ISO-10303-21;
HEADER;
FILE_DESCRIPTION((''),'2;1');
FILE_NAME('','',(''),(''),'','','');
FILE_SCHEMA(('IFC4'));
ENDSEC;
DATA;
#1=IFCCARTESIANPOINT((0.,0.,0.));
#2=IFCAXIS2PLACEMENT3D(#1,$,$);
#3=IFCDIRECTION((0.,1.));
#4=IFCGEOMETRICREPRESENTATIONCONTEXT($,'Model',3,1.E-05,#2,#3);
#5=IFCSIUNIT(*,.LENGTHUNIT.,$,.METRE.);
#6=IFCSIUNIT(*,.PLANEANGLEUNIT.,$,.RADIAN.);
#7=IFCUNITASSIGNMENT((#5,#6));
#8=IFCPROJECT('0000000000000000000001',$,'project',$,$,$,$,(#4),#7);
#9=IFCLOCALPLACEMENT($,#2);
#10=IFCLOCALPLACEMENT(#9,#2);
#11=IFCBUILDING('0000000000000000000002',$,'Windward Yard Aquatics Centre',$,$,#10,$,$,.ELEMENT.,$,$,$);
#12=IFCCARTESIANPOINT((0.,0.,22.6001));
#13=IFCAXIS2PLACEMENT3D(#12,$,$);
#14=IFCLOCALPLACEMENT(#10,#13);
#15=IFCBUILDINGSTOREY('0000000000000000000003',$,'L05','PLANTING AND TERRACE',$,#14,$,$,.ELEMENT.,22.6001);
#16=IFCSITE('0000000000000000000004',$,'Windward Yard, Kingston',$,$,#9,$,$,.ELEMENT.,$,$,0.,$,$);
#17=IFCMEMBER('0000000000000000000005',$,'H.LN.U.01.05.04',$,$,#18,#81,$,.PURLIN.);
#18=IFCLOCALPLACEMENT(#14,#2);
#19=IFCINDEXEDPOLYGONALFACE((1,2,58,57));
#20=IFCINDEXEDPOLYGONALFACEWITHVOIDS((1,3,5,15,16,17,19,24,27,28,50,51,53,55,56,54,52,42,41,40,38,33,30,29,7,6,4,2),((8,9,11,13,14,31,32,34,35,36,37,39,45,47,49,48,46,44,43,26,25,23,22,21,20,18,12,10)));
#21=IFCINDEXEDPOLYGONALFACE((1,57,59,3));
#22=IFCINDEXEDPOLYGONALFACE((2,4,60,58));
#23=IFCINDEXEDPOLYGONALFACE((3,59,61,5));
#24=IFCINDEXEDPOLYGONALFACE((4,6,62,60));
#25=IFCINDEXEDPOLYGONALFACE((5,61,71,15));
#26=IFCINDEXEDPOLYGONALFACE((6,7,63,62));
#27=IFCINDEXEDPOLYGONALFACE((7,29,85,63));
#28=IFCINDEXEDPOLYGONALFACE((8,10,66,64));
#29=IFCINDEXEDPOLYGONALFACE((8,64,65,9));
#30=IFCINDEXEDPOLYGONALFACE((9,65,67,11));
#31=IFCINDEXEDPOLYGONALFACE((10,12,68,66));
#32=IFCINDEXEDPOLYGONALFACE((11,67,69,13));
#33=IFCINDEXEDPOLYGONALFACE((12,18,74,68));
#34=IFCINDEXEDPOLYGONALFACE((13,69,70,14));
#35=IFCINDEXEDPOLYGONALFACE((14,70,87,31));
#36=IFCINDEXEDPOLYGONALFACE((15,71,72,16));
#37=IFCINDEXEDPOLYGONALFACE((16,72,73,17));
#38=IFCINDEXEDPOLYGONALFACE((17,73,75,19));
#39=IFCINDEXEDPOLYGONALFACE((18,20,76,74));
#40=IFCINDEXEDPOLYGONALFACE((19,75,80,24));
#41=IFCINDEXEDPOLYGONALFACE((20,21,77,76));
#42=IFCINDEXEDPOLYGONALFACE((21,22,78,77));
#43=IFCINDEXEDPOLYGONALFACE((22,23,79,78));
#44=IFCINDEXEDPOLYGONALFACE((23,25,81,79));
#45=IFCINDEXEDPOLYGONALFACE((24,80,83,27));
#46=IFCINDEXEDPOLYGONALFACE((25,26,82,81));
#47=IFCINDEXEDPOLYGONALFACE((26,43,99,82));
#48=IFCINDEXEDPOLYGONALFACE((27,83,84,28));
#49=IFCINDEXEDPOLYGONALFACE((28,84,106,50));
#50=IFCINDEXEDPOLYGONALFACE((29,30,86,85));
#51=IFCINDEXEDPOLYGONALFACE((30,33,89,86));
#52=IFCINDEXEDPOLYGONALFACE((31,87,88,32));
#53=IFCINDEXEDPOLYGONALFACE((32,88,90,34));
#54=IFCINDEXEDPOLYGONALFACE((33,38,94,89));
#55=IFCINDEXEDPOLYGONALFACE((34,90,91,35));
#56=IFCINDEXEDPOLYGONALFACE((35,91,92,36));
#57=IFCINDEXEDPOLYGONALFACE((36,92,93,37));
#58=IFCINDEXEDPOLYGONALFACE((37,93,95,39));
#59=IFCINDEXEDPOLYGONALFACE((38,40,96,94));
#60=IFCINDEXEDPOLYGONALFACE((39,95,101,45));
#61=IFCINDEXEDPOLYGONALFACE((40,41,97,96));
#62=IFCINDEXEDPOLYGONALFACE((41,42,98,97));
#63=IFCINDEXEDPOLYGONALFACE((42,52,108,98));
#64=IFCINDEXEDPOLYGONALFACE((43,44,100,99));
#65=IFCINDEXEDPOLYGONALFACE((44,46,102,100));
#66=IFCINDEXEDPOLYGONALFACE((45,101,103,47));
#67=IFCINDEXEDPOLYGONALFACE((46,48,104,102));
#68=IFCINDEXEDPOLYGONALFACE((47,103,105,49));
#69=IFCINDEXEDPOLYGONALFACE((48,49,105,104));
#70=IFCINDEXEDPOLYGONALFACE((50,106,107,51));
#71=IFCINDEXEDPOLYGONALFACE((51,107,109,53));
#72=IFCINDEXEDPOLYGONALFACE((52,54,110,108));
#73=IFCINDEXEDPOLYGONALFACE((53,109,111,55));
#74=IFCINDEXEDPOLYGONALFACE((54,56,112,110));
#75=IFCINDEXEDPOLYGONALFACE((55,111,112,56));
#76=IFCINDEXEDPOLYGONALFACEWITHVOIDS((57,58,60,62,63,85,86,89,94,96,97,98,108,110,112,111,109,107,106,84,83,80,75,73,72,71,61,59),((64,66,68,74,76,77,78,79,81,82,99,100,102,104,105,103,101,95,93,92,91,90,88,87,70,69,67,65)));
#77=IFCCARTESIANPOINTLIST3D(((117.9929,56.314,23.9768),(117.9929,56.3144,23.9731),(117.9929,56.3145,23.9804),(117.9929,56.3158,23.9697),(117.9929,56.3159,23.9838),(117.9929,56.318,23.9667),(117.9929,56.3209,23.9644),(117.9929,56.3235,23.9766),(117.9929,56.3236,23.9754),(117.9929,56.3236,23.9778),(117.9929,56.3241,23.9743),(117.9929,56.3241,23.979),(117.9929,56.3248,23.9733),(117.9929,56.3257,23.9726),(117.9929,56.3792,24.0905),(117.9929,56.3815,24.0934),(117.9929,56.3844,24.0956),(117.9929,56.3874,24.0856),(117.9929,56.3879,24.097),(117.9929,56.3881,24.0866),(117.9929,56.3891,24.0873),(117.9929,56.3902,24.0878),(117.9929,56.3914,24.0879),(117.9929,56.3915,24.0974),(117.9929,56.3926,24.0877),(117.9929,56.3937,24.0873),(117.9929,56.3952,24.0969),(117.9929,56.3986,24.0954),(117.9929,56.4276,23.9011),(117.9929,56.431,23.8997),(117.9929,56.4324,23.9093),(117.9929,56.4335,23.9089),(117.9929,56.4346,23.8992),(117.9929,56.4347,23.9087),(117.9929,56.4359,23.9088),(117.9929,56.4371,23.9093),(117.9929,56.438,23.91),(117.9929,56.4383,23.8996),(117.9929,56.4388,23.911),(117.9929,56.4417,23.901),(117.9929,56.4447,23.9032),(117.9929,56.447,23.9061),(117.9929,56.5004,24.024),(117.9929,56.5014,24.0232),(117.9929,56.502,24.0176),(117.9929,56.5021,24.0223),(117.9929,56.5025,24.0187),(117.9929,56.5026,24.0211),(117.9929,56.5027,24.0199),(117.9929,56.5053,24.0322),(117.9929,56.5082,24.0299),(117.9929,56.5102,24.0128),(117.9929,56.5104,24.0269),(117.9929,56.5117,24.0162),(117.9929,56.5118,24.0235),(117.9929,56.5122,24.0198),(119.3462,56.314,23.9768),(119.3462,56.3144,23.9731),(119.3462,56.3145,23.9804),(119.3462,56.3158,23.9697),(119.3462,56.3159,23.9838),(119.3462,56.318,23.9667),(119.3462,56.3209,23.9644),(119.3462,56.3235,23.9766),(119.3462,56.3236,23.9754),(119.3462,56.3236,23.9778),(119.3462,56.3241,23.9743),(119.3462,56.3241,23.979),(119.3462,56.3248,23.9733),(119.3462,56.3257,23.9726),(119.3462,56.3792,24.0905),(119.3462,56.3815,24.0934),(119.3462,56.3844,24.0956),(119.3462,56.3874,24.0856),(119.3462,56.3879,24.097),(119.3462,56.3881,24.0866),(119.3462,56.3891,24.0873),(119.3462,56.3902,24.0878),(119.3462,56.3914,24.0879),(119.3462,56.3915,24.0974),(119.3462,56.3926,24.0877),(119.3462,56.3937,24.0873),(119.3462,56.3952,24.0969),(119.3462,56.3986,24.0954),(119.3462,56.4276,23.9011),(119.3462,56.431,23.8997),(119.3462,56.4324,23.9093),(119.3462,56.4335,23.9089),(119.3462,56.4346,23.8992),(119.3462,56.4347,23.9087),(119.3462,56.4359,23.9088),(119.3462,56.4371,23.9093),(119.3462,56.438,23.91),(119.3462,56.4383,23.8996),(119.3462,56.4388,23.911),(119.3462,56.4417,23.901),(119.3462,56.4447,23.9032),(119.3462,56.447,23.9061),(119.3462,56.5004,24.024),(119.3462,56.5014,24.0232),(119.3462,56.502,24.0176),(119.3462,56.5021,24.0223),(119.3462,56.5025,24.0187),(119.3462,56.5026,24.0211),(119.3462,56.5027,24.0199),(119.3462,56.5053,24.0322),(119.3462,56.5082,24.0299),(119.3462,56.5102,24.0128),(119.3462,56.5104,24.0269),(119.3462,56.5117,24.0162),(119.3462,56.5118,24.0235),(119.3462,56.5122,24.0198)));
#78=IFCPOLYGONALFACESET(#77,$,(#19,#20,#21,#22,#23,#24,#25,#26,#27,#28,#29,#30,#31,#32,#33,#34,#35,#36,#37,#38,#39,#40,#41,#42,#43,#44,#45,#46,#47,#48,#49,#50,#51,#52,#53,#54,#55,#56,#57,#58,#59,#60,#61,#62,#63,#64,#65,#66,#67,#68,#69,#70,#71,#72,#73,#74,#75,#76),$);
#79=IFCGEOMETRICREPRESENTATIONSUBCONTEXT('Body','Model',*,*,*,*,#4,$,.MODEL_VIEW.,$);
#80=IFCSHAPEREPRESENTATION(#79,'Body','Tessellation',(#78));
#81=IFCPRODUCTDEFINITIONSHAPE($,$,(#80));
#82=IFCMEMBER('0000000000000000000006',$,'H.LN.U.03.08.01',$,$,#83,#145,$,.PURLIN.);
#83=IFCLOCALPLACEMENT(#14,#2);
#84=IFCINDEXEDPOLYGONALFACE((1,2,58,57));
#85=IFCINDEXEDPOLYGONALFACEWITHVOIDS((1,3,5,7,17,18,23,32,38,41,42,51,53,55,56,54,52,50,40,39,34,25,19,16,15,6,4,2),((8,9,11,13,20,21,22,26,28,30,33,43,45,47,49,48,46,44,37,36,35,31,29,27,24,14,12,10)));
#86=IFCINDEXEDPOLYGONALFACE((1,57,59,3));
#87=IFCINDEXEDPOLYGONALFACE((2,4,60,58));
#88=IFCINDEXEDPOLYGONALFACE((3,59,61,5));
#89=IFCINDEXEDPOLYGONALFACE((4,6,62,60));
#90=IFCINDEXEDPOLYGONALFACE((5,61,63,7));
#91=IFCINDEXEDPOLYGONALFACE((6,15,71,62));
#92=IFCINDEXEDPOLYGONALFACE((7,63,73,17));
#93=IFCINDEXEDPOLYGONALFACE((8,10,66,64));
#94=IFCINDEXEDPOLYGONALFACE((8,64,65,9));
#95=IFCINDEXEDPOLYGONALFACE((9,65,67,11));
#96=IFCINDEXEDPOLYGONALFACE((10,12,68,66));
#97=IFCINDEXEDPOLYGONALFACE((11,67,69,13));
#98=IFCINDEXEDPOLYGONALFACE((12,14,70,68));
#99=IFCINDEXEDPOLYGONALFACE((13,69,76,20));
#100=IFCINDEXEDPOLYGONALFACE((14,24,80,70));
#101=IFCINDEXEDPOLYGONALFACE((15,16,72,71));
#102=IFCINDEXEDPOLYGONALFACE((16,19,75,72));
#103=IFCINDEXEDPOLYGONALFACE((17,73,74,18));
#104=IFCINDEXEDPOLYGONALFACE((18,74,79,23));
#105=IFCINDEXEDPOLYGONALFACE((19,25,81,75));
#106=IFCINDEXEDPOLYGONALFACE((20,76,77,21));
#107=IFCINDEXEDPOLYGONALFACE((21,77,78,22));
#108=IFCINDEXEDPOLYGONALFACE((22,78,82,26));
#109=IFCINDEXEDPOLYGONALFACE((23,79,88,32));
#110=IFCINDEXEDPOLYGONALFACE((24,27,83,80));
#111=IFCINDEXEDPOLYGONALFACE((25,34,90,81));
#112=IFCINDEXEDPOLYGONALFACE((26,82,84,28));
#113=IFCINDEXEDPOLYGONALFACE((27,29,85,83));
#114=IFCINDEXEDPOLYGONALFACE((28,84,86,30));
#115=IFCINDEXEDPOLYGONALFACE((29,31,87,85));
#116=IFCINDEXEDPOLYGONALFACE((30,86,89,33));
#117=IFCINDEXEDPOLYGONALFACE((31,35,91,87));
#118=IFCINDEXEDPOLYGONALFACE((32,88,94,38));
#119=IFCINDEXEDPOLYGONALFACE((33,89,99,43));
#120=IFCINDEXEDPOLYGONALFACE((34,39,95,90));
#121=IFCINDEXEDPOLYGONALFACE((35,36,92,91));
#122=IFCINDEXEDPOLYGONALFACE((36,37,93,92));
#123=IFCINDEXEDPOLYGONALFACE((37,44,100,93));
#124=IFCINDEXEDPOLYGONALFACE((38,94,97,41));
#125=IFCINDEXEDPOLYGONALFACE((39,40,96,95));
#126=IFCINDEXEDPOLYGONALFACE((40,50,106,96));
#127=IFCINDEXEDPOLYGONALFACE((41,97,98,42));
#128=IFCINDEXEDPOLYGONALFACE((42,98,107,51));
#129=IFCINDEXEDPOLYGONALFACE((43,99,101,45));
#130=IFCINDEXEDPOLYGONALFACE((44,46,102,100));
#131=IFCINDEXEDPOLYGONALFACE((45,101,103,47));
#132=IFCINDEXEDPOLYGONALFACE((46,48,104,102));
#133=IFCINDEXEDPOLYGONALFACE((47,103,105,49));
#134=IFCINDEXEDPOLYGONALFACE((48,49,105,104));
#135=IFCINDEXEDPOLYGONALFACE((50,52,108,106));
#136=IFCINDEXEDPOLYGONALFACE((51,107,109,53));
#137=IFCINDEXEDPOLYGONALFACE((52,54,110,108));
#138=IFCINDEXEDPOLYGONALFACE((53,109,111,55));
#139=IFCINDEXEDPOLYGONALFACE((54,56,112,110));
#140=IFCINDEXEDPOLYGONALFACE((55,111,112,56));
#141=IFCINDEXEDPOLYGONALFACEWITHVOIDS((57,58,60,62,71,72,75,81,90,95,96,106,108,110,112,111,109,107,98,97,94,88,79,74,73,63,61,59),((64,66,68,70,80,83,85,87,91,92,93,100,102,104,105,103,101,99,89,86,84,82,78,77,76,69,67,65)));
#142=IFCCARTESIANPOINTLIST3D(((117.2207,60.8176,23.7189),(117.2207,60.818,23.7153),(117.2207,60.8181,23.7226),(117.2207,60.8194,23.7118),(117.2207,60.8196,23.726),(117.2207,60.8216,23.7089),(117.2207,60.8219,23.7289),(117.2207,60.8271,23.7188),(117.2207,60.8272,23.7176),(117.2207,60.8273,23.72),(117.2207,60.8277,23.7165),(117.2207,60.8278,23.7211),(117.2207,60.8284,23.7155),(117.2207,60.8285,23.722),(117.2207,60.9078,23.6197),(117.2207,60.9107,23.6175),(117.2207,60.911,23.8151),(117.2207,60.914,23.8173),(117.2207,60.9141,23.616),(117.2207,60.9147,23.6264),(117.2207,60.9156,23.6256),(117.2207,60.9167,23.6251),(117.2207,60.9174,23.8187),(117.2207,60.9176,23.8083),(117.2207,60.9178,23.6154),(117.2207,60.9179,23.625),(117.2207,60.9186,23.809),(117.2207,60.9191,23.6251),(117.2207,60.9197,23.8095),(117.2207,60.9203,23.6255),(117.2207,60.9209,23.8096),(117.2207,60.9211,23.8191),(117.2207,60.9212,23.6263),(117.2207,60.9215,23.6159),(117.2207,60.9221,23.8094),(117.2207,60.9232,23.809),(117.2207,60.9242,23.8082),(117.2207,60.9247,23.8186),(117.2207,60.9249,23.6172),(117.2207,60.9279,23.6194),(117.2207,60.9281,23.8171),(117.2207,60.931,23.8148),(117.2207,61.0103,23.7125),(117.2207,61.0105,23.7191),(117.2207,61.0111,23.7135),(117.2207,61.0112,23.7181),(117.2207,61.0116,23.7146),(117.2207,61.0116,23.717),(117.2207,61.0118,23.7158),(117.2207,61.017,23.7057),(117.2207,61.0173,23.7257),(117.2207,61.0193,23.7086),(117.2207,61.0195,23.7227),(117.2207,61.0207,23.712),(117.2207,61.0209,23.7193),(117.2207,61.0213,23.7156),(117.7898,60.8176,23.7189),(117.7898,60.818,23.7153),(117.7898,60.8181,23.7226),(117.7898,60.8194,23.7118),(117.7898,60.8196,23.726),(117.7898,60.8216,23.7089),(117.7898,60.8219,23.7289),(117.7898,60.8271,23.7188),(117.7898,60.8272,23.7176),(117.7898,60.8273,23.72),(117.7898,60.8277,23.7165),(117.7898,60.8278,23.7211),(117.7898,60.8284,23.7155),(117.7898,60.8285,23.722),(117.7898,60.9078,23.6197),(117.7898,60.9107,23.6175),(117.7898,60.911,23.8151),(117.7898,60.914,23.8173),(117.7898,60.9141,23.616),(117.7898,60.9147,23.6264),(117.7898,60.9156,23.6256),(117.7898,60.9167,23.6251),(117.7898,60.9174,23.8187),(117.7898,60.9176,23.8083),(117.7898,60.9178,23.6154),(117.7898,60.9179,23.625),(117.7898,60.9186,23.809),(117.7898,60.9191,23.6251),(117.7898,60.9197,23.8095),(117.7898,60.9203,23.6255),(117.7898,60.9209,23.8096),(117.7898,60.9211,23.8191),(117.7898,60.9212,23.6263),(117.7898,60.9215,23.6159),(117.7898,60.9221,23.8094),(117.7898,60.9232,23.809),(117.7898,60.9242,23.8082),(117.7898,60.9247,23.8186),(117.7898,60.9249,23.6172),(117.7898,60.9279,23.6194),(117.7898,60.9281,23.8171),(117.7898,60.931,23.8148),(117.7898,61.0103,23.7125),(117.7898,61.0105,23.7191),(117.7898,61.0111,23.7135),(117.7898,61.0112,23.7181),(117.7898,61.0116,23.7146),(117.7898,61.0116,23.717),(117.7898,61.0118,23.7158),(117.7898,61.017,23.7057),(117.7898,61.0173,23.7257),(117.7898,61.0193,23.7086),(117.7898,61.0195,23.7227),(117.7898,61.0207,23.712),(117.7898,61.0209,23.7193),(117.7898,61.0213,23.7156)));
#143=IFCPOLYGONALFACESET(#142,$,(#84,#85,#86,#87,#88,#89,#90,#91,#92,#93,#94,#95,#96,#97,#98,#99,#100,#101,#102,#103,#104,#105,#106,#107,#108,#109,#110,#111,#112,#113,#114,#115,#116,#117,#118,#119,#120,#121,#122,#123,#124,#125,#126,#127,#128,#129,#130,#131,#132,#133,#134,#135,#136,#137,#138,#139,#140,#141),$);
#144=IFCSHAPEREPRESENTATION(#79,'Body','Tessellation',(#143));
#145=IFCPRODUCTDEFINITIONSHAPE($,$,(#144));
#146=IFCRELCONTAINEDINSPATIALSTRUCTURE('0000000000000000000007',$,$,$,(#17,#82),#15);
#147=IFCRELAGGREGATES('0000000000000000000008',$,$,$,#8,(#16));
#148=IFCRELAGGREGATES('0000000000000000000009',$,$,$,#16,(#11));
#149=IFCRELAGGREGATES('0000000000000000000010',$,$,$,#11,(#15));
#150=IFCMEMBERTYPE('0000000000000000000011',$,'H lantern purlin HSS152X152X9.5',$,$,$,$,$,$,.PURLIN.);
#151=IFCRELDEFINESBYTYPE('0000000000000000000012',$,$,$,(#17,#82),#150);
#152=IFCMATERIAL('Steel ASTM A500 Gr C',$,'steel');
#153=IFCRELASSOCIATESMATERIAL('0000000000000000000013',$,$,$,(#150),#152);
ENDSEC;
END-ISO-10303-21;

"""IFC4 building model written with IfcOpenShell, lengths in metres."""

from ifc_helpers import new_model, si_unit, direction, frame, origin, origin_2d, place, context, subcontext, project, spatial, hollow_rectangle, extrude, material, material_profile, profile_set, type_object, element, save


model = new_model("IFC4")

# Units and contexts
model_context = context("Model", 3, precision=1e-05, world=origin(), true_north=direction((0.0, 1.0)))
body_context = subcontext(model_context, "Body", "Model", "MODEL_VIEW")
ifc_project = project(units=[si_unit("LENGTHUNIT", "METRE"), si_unit("PLANEANGLEUNIT", "RADIAN")], contexts=[model_context])

# Site, building, storey
site_placement = place(None, origin())
site = spatial("IfcSite", under=ifc_project, at=site_placement, Name="Windward Yard, Kingston", CompositionType="ELEMENT", RefElevation=0.0)
building_placement = place(site_placement, origin())
building = spatial("IfcBuilding", under=site, at=building_placement, Name="Windward Yard Aquatics Centre", CompositionType="ELEMENT")
storey_placement = place(building_placement, frame((0.0, 0.0, 22.6001)))
storey = spatial("IfcBuildingStorey", under=building, at=storey_placement, Name="L05", Description="PLANTING AND TERRACE", CompositionType="ELEMENT", Elevation=22.6001)

# Members
ifc_material_1 = material(Name="Steel ASTM A500 Gr C", Category="steel")
ifc_material_profile = material_profile(ifc_material_1, hollow_rectangle(XDim=0.1523, YDim=0.1523, WallThickness=0.0095, InnerFilletRadius=0.0046, OuterFilletRadius=0.0142, at=origin_2d()), Name="HSS152X152X9.5")
ifc_profile_set = profile_set([ifc_material_profile], Name="Steel ASTM A500 Gr C")
member_type = type_object("IfcMemberType", Name="H lantern purlin HSS152X152X9.5", PredefinedType="PURLIN", material=ifc_profile_set)
member_1_placement = place(storey_placement, frame((119.3462, 56.4131, 23.9983), z_axis=(-1.0, 0.0, 0.0), x_axis=(0.0, -0.51012, -0.860103)))
element("IfcMember", 1, at=member_1_placement, inside=storey, type_object=member_type, Name="H.LN.U.01.05.04", PredefinedType="PURLIN", context=body_context, shape_type="SweptSolid", body=[
    extrude(hollow_rectangle(XDim=0.1523, YDim=0.1523, WallThickness=0.0095, InnerFilletRadius=0.0046, OuterFilletRadius=0.0142, at=origin_2d()), origin(), (0.0, 0.0, 1.0), 1.3533),
])
member_2_placement = place(storey_placement, frame((117.2207, 60.9194, 23.7173), z_axis=(1.0, 0.0, 0.0), x_axis=(0.0, 0.69555, -0.718477)))
element("IfcMember", 2, at=member_2_placement, inside=storey, type_object=member_type, Name="H.LN.U.03.08.01", PredefinedType="PURLIN", context=body_context, shape_type="SweptSolid", body=[
    extrude(hollow_rectangle(XDim=0.1523, YDim=0.1523, WallThickness=0.0095, InnerFilletRadius=0.0046, OuterFilletRadius=0.0142, at=origin_2d()), origin(), (0.0, 0.0, 1.0), 0.5691),
])

save(model, "model.ifc")
